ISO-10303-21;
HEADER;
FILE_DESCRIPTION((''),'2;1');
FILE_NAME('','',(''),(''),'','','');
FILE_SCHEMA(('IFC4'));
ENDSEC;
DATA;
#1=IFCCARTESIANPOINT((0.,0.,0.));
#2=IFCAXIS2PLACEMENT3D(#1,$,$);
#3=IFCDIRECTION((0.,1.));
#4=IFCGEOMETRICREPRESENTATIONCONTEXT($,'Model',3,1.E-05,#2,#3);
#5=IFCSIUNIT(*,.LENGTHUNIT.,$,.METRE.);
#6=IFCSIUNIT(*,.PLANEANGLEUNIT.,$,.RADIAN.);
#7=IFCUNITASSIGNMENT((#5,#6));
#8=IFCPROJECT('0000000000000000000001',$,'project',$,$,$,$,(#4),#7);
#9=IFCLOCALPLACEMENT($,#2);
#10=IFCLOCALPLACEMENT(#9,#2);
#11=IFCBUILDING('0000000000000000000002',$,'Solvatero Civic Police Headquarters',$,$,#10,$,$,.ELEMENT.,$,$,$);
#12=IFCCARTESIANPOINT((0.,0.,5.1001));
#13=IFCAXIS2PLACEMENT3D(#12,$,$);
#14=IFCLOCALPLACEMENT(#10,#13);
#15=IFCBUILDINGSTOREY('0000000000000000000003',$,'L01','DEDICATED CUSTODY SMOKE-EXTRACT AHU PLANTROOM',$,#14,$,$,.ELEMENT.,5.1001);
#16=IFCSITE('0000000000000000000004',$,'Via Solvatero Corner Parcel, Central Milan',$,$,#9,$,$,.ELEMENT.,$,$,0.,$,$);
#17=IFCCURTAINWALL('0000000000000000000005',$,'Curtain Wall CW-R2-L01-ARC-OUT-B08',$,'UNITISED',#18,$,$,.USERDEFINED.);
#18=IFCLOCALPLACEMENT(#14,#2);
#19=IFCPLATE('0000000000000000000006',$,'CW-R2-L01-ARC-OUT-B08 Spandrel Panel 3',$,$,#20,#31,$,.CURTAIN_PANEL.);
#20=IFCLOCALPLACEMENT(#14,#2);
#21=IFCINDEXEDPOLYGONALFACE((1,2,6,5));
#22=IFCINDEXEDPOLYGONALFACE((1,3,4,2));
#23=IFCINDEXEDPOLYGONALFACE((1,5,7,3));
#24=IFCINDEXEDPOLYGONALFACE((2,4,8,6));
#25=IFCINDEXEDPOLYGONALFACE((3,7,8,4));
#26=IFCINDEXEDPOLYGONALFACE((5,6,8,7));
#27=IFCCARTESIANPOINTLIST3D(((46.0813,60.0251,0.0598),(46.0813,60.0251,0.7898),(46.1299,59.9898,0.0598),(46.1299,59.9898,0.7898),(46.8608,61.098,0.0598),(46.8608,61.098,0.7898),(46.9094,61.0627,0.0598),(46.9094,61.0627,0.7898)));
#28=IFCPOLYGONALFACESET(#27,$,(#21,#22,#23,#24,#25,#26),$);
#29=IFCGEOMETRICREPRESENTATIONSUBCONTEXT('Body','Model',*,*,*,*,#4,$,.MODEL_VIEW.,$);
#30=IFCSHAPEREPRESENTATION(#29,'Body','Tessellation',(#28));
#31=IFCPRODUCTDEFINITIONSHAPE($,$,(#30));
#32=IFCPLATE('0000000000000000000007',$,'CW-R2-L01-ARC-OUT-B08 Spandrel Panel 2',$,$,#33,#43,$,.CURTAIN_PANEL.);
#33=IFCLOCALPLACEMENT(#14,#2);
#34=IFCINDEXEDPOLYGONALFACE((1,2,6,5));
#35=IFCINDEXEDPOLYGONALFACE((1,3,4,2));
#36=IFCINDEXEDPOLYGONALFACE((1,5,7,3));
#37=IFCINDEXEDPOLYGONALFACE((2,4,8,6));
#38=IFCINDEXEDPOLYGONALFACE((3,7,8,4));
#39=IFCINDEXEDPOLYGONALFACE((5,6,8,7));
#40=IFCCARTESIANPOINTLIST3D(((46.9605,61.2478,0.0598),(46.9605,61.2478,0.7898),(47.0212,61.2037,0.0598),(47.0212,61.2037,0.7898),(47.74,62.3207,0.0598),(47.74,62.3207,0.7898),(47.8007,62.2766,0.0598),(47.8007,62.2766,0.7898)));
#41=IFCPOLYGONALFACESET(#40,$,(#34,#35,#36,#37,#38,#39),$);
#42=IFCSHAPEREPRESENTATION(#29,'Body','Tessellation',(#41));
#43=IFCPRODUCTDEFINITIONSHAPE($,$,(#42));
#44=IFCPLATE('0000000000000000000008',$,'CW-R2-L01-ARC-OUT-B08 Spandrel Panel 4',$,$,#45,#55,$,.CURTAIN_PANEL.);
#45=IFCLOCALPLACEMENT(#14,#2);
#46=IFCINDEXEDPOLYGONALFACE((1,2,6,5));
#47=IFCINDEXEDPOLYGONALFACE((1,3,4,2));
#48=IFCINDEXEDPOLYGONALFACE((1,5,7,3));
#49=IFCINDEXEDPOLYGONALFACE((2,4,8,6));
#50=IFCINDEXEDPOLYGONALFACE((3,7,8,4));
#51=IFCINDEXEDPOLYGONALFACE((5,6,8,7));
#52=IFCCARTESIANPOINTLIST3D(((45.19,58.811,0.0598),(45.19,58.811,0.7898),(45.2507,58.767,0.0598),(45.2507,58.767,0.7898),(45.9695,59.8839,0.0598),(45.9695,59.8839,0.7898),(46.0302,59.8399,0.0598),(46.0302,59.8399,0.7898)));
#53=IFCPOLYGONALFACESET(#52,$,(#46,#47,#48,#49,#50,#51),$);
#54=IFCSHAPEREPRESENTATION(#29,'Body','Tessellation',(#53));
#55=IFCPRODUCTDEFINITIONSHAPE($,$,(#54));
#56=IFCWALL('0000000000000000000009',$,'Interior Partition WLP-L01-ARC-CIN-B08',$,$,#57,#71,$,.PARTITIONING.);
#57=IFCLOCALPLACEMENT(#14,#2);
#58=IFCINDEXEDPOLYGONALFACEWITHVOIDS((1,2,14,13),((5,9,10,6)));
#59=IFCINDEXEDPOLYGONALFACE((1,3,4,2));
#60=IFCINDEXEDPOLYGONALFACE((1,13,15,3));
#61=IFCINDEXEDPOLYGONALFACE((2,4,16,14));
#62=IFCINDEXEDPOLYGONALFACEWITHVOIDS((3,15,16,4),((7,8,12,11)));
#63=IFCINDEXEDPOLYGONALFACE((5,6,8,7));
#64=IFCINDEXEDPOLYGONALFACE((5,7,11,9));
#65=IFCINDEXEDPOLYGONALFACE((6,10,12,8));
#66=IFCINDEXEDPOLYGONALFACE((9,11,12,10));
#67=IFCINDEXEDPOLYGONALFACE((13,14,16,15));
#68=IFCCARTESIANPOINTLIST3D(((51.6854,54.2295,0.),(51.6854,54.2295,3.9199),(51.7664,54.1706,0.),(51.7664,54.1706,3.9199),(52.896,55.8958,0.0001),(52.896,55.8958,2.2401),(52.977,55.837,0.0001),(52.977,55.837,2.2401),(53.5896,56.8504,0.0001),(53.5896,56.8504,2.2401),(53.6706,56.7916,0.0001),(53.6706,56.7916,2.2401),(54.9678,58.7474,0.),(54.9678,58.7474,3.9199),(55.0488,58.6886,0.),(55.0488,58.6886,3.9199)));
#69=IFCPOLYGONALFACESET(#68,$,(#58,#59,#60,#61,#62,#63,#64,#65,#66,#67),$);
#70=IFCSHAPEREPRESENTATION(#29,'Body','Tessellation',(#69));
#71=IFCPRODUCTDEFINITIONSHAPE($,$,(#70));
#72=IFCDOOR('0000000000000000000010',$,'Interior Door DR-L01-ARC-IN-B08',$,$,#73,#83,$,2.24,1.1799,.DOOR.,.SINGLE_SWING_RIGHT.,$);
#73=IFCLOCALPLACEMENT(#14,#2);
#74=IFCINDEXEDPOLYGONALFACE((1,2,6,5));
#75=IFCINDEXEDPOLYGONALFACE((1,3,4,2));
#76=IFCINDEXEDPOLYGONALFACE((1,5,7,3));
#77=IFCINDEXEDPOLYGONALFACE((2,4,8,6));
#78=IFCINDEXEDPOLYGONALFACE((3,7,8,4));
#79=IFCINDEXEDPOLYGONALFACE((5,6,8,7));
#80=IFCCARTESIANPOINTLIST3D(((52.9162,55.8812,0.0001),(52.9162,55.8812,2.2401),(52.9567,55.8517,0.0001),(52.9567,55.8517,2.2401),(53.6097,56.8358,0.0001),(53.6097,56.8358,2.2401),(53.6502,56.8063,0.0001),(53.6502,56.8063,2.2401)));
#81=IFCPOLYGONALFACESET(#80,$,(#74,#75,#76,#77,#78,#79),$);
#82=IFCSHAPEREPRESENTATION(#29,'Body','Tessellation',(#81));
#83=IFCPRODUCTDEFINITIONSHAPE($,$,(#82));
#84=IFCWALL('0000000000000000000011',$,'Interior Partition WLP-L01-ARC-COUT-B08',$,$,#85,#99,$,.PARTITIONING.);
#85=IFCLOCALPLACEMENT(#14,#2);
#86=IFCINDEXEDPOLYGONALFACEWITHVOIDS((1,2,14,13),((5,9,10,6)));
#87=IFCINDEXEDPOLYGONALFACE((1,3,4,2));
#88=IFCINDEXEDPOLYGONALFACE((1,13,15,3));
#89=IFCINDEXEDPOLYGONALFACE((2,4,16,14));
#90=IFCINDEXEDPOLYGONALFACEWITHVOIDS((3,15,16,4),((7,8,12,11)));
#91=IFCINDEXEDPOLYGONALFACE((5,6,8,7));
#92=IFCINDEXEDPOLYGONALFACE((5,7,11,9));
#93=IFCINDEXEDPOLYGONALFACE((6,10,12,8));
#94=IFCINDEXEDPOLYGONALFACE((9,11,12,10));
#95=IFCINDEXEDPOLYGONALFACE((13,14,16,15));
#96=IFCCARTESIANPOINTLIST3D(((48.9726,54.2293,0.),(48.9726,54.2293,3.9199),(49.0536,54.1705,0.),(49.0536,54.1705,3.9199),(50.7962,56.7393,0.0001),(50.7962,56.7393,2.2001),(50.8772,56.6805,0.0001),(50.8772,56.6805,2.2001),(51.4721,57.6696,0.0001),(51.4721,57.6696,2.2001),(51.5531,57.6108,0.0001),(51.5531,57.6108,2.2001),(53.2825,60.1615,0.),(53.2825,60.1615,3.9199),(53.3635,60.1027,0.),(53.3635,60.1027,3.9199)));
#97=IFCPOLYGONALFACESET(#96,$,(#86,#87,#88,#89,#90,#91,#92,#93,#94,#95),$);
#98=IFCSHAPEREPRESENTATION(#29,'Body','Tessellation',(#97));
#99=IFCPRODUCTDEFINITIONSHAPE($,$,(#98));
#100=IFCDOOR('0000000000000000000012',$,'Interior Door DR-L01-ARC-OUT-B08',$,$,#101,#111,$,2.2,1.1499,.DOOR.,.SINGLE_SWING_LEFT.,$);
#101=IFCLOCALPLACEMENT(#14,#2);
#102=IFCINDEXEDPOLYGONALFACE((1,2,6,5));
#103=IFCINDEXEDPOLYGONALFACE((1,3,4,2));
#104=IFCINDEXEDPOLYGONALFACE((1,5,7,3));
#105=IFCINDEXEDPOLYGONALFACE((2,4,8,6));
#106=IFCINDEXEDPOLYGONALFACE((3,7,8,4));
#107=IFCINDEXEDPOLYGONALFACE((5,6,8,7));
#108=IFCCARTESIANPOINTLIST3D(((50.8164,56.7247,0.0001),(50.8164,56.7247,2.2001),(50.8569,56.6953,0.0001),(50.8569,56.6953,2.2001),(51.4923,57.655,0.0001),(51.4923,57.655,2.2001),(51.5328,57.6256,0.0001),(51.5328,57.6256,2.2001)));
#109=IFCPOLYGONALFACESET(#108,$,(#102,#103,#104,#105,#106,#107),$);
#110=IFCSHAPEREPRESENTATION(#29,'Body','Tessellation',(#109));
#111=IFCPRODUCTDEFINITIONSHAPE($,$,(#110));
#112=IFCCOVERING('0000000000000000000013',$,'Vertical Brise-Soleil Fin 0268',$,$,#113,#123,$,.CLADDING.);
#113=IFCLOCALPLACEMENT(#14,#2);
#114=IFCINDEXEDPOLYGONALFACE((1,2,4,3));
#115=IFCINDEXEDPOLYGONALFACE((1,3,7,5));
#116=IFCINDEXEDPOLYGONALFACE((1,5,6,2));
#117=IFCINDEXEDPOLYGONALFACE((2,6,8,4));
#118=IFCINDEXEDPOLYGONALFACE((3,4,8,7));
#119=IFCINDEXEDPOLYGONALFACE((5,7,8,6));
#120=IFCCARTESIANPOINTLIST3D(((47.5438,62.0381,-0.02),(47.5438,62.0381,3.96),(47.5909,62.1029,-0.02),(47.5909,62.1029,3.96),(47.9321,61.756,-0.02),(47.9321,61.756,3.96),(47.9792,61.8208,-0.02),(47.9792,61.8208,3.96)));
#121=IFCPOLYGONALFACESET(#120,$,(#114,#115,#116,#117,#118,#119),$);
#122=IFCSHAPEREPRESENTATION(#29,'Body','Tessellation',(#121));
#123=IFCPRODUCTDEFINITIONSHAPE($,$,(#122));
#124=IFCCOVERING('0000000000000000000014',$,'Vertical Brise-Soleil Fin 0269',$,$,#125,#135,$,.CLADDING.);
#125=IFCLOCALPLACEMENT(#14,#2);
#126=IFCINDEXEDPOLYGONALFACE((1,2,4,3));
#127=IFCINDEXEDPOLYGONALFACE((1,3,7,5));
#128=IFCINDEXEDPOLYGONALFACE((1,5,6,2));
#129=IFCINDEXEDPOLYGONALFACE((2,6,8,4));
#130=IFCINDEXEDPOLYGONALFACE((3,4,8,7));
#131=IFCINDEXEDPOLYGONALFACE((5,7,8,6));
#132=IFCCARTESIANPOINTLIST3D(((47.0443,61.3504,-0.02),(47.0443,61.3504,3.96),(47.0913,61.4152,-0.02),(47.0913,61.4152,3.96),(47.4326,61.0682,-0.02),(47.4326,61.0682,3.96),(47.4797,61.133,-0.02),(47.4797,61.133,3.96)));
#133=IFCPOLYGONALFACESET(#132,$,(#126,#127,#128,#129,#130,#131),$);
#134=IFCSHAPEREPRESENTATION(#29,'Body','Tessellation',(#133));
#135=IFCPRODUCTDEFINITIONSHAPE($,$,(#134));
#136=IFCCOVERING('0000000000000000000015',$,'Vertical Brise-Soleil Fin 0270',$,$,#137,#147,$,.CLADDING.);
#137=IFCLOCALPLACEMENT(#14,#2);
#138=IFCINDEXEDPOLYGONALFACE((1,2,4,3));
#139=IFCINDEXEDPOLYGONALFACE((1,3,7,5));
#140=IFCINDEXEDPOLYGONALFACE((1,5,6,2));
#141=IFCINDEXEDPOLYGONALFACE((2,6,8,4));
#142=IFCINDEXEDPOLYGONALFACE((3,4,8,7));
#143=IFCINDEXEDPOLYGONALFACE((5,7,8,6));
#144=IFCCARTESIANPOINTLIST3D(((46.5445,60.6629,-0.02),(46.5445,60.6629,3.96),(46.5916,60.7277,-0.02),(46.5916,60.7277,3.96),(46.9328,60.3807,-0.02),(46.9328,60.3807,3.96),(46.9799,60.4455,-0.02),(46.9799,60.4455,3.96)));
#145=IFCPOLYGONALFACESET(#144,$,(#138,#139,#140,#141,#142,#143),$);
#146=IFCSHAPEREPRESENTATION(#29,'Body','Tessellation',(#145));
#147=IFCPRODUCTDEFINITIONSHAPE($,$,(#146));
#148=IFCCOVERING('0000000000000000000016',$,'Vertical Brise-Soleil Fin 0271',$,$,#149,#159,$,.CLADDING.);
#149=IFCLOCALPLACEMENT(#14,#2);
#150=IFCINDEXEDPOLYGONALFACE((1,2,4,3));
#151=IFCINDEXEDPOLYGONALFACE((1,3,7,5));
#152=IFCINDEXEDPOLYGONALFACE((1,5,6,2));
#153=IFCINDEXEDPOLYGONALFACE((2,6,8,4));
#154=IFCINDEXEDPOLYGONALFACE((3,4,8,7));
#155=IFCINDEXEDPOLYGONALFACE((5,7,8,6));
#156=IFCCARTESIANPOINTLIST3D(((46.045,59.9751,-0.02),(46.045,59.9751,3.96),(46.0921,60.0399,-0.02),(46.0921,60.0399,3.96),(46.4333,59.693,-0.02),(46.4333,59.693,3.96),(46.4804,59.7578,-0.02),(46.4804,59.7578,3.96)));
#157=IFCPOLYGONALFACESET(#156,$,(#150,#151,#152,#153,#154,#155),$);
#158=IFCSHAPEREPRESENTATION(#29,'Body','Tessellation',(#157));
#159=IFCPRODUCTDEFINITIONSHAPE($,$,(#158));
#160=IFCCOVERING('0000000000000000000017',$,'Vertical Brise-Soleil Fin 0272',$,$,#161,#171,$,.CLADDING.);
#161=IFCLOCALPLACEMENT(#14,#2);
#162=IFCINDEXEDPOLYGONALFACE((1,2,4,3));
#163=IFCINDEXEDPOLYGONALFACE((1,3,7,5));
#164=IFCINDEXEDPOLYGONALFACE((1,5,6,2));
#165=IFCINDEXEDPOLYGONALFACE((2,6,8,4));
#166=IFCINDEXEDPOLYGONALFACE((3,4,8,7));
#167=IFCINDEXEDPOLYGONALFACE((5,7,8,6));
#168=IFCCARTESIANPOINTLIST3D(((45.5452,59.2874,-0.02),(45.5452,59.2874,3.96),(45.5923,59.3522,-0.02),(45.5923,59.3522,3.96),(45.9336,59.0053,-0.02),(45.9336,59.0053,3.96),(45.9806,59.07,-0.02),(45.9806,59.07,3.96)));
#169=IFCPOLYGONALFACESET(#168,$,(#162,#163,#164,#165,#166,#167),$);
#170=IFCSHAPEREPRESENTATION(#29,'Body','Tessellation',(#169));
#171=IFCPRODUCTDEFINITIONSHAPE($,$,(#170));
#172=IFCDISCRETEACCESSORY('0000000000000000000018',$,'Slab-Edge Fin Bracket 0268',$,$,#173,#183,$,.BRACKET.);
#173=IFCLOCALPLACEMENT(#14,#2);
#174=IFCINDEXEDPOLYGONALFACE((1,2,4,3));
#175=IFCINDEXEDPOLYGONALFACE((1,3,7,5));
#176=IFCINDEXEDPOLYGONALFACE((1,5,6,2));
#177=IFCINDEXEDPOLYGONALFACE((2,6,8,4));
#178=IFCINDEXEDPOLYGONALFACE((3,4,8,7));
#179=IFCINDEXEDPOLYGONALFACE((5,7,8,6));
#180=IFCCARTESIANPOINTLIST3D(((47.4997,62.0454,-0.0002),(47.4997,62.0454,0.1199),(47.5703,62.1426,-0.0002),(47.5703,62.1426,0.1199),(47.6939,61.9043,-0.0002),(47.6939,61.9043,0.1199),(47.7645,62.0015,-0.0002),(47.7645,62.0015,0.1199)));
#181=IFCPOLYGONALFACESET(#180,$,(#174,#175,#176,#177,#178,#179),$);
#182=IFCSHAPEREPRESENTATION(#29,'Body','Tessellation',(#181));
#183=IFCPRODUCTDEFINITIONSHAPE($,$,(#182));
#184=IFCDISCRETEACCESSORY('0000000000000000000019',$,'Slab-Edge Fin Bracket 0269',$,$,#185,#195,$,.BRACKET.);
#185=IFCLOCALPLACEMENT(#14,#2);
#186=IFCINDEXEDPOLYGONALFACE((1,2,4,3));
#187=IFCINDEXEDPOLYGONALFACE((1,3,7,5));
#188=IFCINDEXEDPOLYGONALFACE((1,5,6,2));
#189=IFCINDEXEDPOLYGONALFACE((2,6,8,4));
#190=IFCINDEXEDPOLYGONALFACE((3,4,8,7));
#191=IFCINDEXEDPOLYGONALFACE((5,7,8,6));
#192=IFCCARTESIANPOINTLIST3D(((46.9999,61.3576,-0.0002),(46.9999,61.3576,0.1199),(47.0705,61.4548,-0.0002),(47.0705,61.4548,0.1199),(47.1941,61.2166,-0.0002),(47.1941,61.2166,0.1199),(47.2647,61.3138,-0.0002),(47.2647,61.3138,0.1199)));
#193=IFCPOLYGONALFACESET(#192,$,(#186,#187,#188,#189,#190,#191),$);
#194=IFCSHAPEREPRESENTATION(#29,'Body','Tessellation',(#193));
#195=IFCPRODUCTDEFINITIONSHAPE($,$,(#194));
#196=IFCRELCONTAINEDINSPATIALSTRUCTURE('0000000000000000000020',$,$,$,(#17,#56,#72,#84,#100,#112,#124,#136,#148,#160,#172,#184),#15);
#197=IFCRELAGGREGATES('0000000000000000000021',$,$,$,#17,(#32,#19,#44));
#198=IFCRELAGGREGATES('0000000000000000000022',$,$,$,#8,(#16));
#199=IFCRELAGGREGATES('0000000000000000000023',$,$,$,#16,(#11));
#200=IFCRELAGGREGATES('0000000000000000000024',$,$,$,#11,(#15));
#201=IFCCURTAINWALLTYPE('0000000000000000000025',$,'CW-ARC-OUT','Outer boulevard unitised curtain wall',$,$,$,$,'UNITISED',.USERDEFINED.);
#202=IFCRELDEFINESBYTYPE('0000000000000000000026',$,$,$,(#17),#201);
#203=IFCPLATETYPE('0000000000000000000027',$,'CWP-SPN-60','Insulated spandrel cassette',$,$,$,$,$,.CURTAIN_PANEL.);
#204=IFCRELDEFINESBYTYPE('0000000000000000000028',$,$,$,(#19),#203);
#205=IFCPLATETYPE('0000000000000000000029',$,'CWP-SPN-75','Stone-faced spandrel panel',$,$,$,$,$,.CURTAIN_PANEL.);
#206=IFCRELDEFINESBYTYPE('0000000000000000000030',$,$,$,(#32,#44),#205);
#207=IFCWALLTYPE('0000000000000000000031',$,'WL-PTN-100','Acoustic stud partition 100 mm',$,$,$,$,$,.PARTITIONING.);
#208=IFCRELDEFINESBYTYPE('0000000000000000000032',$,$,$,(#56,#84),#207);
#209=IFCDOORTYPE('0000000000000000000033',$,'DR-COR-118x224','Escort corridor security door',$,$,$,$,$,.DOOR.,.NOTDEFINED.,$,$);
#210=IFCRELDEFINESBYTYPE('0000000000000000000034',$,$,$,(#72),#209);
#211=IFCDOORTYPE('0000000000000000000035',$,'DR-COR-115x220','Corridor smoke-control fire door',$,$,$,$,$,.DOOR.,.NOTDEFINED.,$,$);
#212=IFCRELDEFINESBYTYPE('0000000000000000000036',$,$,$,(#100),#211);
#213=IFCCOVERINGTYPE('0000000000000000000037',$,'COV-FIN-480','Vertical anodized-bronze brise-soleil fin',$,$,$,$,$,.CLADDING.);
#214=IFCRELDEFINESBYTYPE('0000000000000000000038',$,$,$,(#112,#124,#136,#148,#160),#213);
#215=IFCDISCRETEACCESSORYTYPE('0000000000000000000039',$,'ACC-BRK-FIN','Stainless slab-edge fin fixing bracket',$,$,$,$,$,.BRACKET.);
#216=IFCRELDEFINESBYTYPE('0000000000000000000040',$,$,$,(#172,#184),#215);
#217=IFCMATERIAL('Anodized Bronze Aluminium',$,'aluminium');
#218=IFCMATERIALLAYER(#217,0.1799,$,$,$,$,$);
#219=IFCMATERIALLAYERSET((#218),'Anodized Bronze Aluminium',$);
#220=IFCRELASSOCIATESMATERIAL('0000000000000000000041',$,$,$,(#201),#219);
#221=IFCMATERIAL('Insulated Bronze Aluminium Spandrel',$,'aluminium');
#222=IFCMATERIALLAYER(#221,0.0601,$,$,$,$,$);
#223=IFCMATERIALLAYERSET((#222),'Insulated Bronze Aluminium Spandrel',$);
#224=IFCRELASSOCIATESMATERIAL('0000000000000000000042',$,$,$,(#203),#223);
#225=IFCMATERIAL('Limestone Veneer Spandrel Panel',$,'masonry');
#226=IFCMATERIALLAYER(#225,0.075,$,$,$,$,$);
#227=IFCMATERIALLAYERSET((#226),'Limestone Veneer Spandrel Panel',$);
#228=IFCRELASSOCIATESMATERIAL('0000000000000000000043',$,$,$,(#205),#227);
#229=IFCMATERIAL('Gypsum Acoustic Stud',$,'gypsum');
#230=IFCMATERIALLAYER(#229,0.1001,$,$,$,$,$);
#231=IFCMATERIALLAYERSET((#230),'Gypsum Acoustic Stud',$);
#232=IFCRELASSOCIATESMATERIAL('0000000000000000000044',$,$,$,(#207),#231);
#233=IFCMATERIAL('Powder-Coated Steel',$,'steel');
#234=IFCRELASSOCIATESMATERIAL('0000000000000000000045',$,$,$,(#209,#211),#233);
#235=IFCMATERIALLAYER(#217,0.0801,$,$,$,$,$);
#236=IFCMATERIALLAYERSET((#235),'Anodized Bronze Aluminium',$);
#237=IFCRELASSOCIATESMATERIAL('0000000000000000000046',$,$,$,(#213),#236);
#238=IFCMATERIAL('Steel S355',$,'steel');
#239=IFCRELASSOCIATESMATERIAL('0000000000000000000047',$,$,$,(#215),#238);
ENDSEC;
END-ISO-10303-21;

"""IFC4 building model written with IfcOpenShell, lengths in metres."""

from ifc_helpers import new_model, si_unit, direction, frame, frame_2d, origin, origin_2d, place, context, subcontext, project, spatial, rectangle, extrude, material, layer, layer_set, type_object, element, fill, aggregate, save


model = new_model("IFC4")

# Units and contexts
model_context = context("Model", 3, precision=1e-05, world=origin(), true_north=direction((0.0, 1.0)))
body_context = subcontext(model_context, "Body", "Model", "MODEL_VIEW")
ifc_project = project(units=[si_unit("LENGTHUNIT", "METRE"), si_unit("PLANEANGLEUNIT", "RADIAN")], contexts=[model_context])

# Site, building, storey
site_placement = place(None, origin())
site = spatial("IfcSite", under=ifc_project, at=site_placement, Name="Via Solvatero Corner Parcel, Central Milan", CompositionType="ELEMENT", RefElevation=0.0)
building_placement = place(site_placement, origin())
building = spatial("IfcBuilding", under=site, at=building_placement, Name="Solvatero Civic Police Headquarters", CompositionType="ELEMENT")
storey_placement = place(building_placement, frame((0.0, 0.0, 5.1001)))
storey = spatial("IfcBuildingStorey", under=building, at=storey_placement, Name="L01", Description="DEDICATED CUSTODY SMOKE-EXTRACT AHU PLANTROOM", CompositionType="ELEMENT", Elevation=5.1001)

# Shared definitions
ifc_material_1 = material(Name="Steel S355", Category="steel")

# Curtain wall, plates
ifc_material_2 = material(Name="Anodized Bronze Aluminium", Category="aluminium")
ifc_layer_1 = layer(ifc_material_2, 0.1799)
ifc_layer_set_1 = layer_set([ifc_layer_1], Name="Anodized Bronze Aluminium")
curtain_wall_type = type_object("IfcCurtainWallType", Name="CW-ARC-OUT", Description="Outer boulevard unitised curtain wall", ElementType="UNITISED", PredefinedType="USERDEFINED", material=ifc_layer_set_1)
curtain_wall_placement = place(storey_placement, origin())
curtain_wall = element("IfcCurtainWall", 1, at=curtain_wall_placement, inside=storey, type_object=curtain_wall_type, Name="Curtain Wall CW-R2-L01-ARC-OUT-B08", ObjectType="UNITISED", PredefinedType="USERDEFINED")
ifc_material_3 = material(Name="Insulated Bronze Aluminium Spandrel", Category="aluminium")
ifc_layer_2 = layer(ifc_material_3, 0.0601)
ifc_layer_set_2 = layer_set([ifc_layer_2], Name="Insulated Bronze Aluminium Spandrel")
plate_type_1 = type_object("IfcPlateType", Name="CWP-SPN-60", Description="Insulated spandrel cassette", PredefinedType="CURTAIN_PANEL", material=ifc_layer_set_2)
plate_1_placement = place(storey_placement, frame((46.4954, 60.5439, 0.0598), z_axis=(0.0, 0.0, 1.0), x_axis=(-0.587785, -0.809017, 0.0)))
plate_1 = element("IfcPlate", 2, at=plate_1_placement, type_object=plate_type_1, Name="CW-R2-L01-ARC-OUT-B08 Spandrel Panel 3", PredefinedType="CURTAIN_PANEL", context=body_context, shape_type="SweptSolid", body=[
    extrude(rectangle(XDim=1.3262, YDim=0.0601, at=origin_2d()), origin(), (0.0, 0.0, 1.0), 0.73),
])
ifc_material_4 = material(Name="Limestone Veneer Spandrel Panel", Category="masonry")
ifc_layer_3 = layer(ifc_material_4, 0.075)
ifc_layer_set_3 = layer_set([ifc_layer_3], Name="Limestone Veneer Spandrel Panel")
plate_type_2 = type_object("IfcPlateType", Name="CWP-SPN-75", Description="Stone-faced spandrel panel", PredefinedType="CURTAIN_PANEL", material=ifc_layer_set_3)
plate_2_placement = place(storey_placement, frame((47.3806, 61.7622, 0.0598), z_axis=(0.0, 0.0, 1.0), x_axis=(-0.587785, -0.809017, 0.0)))
plate_2 = element("IfcPlate", 3, at=plate_2_placement, type_object=plate_type_2, Name="CW-R2-L01-ARC-OUT-B08 Spandrel Panel 2", PredefinedType="CURTAIN_PANEL", context=body_context, shape_type="SweptSolid", body=[
    extrude(rectangle(XDim=1.3262, YDim=0.075, at=origin_2d()), origin(), (0.0, 0.0, 1.0), 0.73),
])
plate_3_placement = place(storey_placement, frame((45.6101, 59.3254, 0.0598), z_axis=(0.0, 0.0, 1.0), x_axis=(-0.587785, -0.809017, 0.0)))
plate_3 = element("IfcPlate", 4, at=plate_3_placement, type_object=plate_type_2, Name="CW-R2-L01-ARC-OUT-B08 Spandrel Panel 4", PredefinedType="CURTAIN_PANEL", context=body_context, shape_type="SweptSolid", body=[
    extrude(rectangle(XDim=1.3262, YDim=0.075, at=origin_2d()), origin(), (0.0, 0.0, 1.0), 0.73),
])
aggregate(curtain_wall, [plate_2, plate_1, plate_3])

# Walls, openings, doors
ifc_material_5 = material(Name="Gypsum Acoustic Stud", Category="gypsum")
ifc_layer_4 = layer(ifc_material_5, 0.1001)
ifc_layer_set_4 = layer_set([ifc_layer_4], Name="Gypsum Acoustic Stud")
wall_type = type_object("IfcWallType", Name="WL-PTN-100", Description="Acoustic stud partition 100 mm", PredefinedType="PARTITIONING", material=ifc_layer_set_4)
wall_1_placement = place(storey_placement, frame((55.0083, 58.718, 0.0), z_axis=(0.0, 0.0, 1.0), x_axis=(-0.587774, -0.809025, 0.0)))
wall_1 = element("IfcWall", 5, at=wall_1_placement, inside=storey, type_object=wall_type, Name="Interior Partition WLP-L01-ARC-CIN-B08", PredefinedType="PARTITIONING", context=body_context, shape_type="SweptSolid", body=[
    extrude(rectangle(XDim=5.5845, YDim=0.1001, at=frame_2d((2.7922, 0.0))), origin(), (0.0, 0.0, 1.0), 3.9199),
])
opening_1_placement = place(wall_1_placement, frame((2.345, 0.0, 0.0)))
opening_1 = element("IfcOpeningElement", 6, at=opening_1_placement, cuts=wall_1, PredefinedType="OPENING", context=body_context, shape_type="SweptSolid", body=[
    extrude(rectangle(XDim=1.1799, YDim=2.24, at=frame_2d((0.5898, 1.1201))), frame((0.0, 0.0601, 0.0), z_axis=(0.0, -1.0, 0.0), x_axis=(1.0, 0.0, 0.0)), (0.0, 0.0, 1.0), 0.1201),
])
ifc_material_6 = material(Name="Powder-Coated Steel", Category="steel")
door_type_1 = type_object("IfcDoorType", Name="DR-COR-118x224", Description="Escort corridor security door", OperationType="NOTDEFINED", PredefinedType="DOOR", material=ifc_material_6)
door_1_placement = place(opening_1_placement, origin())
door_1 = element("IfcDoor", 7, at=door_1_placement, inside=storey, type_object=door_type_1, Name="Interior Door DR-L01-ARC-IN-B08", OperationType="SINGLE_SWING_RIGHT", OverallHeight=2.24, OverallWidth=1.1799, PredefinedType="DOOR", context=body_context, shape_type="SweptSolid", body=[
    extrude(rectangle(XDim=1.1799, YDim=2.24, at=frame_2d((0.5898, 1.1201))), frame((0.0, 0.0249, 0.0), z_axis=(0.0, -1.0, 0.0), x_axis=(1.0, 0.0, 0.0)), (0.0, 0.0, 1.0), 0.05),
])
fill(opening_1, door_1)
wall_2_placement = place(storey_placement, frame((53.323, 60.1321, 0.0), z_axis=(0.0, 0.0, 1.0), x_axis=(-0.587774, -0.809025, 0.0)))
wall_2 = element("IfcWall", 8, at=wall_2_placement, inside=storey, type_object=wall_type, Name="Interior Partition WLP-L01-ARC-COUT-B08", PredefinedType="PARTITIONING", context=body_context, shape_type="SweptSolid", body=[
    extrude(rectangle(XDim=7.3325, YDim=0.1001, at=frame_2d((3.6663, 0.0))), origin(), (0.0, 0.0, 1.0), 3.9199),
])
opening_2_placement = place(wall_2_placement, frame((3.0801, 0.0, 0.0)))
opening_2 = element("IfcOpeningElement", 9, at=opening_2_placement, cuts=wall_2, PredefinedType="OPENING", context=body_context, shape_type="SweptSolid", body=[
    extrude(rectangle(XDim=1.1499, YDim=2.2, at=frame_2d((0.575, 1.1001))), frame((0.0, 0.0601, 0.0), z_axis=(0.0, -1.0, 0.0), x_axis=(1.0, 0.0, 0.0)), (0.0, 0.0, 1.0), 0.1201),
])
door_type_2 = type_object("IfcDoorType", Name="DR-COR-115x220", Description="Corridor smoke-control fire door", OperationType="NOTDEFINED", PredefinedType="DOOR", material=ifc_material_6)
door_2_placement = place(opening_2_placement, origin())
door_2 = element("IfcDoor", 10, at=door_2_placement, inside=storey, type_object=door_type_2, Name="Interior Door DR-L01-ARC-OUT-B08", OperationType="SINGLE_SWING_LEFT", OverallHeight=2.2, OverallWidth=1.1499, PredefinedType="DOOR", context=body_context, shape_type="SweptSolid", body=[
    extrude(rectangle(XDim=1.1499, YDim=2.2, at=frame_2d((0.575, 1.1001))), frame((0.0, 0.0249, 0.0), z_axis=(0.0, -1.0, 0.0), x_axis=(1.0, 0.0, 0.0)), (0.0, 0.0, 1.0), 0.05),
])
fill(opening_2, door_2)

# Coverings
ifc_layer_5 = layer(ifc_material_2, 0.0801)
ifc_layer_set_5 = layer_set([ifc_layer_5], Name="Anodized Bronze Aluminium")
covering_type = type_object("IfcCoveringType", Name="COV-FIN-480", Description="Vertical anodized-bronze brise-soleil fin", PredefinedType="CLADDING", material=ifc_layer_set_5)
for number, where, z_axis, x_axis, name in (
    (11, (47.7615, 61.9294, -0.02), (0.0, 0.0, 1.0), (-0.587785, -0.809017, 0.0), "Vertical Brise-Soleil Fin 0268"),
    (12, (47.262, 61.2417, -0.02), (0.0, 0.0, 1.0), (-0.587785, -0.809017, 0.0), "Vertical Brise-Soleil Fin 0269"),
    (13, (46.7622, 60.5542, -0.02), (0.0, 0.0, 1.0), (-0.587785, -0.809017, 0.0), "Vertical Brise-Soleil Fin 0270"),
    (14, (46.2627, 59.8665, -0.02), (0.0, 0.0, 1.0), (-0.587785, -0.809017, 0.0), "Vertical Brise-Soleil Fin 0271"),
    (15, (45.7629, 59.1787, -0.02), (0.0, 0.0, 1.0), (-0.587785, -0.809017, 0.0), "Vertical Brise-Soleil Fin 0272"),
):
    element("IfcCovering", number, at=place(storey_placement, frame(where, z_axis=z_axis, x_axis=x_axis)), inside=storey, type_object=covering_type, Name=name, PredefinedType="CLADDING", context=body_context, shape_type="SweptSolid", body=[
        extrude(rectangle(XDim=0.0801, YDim=0.48, at=origin_2d()), origin(), (0.0, 0.0, 1.0), 3.98),
    ])

# Discrete accessories
discrete_accessory_type = type_object("IfcDiscreteAccessoryType", Name="ACC-BRK-FIN", Description="Stainless slab-edge fin fixing bracket", PredefinedType="BRACKET", material=ifc_material_1)
for number, where, z_axis, x_axis, name in (
    (16, (47.6321, 62.0234, -0.0002), (0.0, 0.0, 1.0), (-0.587785, -0.809017, 0.0), "Slab-Edge Fin Bracket 0268"),
    (17, (47.1323, 61.3357, -0.0002), (0.0, 0.0, 1.0), (-0.587785, -0.809017, 0.0), "Slab-Edge Fin Bracket 0269"),
):
    element("IfcDiscreteAccessory", number, at=place(storey_placement, frame(where, z_axis=z_axis, x_axis=x_axis)), inside=storey, type_object=discrete_accessory_type, Name=name, PredefinedType="BRACKET", context=body_context, shape_type="SweptSolid", body=[
        extrude(rectangle(XDim=0.1201, YDim=0.24, at=origin_2d()), origin(), (0.0, 0.0, 1.0), 0.1201),
    ])

save(model, "model.ifc")
